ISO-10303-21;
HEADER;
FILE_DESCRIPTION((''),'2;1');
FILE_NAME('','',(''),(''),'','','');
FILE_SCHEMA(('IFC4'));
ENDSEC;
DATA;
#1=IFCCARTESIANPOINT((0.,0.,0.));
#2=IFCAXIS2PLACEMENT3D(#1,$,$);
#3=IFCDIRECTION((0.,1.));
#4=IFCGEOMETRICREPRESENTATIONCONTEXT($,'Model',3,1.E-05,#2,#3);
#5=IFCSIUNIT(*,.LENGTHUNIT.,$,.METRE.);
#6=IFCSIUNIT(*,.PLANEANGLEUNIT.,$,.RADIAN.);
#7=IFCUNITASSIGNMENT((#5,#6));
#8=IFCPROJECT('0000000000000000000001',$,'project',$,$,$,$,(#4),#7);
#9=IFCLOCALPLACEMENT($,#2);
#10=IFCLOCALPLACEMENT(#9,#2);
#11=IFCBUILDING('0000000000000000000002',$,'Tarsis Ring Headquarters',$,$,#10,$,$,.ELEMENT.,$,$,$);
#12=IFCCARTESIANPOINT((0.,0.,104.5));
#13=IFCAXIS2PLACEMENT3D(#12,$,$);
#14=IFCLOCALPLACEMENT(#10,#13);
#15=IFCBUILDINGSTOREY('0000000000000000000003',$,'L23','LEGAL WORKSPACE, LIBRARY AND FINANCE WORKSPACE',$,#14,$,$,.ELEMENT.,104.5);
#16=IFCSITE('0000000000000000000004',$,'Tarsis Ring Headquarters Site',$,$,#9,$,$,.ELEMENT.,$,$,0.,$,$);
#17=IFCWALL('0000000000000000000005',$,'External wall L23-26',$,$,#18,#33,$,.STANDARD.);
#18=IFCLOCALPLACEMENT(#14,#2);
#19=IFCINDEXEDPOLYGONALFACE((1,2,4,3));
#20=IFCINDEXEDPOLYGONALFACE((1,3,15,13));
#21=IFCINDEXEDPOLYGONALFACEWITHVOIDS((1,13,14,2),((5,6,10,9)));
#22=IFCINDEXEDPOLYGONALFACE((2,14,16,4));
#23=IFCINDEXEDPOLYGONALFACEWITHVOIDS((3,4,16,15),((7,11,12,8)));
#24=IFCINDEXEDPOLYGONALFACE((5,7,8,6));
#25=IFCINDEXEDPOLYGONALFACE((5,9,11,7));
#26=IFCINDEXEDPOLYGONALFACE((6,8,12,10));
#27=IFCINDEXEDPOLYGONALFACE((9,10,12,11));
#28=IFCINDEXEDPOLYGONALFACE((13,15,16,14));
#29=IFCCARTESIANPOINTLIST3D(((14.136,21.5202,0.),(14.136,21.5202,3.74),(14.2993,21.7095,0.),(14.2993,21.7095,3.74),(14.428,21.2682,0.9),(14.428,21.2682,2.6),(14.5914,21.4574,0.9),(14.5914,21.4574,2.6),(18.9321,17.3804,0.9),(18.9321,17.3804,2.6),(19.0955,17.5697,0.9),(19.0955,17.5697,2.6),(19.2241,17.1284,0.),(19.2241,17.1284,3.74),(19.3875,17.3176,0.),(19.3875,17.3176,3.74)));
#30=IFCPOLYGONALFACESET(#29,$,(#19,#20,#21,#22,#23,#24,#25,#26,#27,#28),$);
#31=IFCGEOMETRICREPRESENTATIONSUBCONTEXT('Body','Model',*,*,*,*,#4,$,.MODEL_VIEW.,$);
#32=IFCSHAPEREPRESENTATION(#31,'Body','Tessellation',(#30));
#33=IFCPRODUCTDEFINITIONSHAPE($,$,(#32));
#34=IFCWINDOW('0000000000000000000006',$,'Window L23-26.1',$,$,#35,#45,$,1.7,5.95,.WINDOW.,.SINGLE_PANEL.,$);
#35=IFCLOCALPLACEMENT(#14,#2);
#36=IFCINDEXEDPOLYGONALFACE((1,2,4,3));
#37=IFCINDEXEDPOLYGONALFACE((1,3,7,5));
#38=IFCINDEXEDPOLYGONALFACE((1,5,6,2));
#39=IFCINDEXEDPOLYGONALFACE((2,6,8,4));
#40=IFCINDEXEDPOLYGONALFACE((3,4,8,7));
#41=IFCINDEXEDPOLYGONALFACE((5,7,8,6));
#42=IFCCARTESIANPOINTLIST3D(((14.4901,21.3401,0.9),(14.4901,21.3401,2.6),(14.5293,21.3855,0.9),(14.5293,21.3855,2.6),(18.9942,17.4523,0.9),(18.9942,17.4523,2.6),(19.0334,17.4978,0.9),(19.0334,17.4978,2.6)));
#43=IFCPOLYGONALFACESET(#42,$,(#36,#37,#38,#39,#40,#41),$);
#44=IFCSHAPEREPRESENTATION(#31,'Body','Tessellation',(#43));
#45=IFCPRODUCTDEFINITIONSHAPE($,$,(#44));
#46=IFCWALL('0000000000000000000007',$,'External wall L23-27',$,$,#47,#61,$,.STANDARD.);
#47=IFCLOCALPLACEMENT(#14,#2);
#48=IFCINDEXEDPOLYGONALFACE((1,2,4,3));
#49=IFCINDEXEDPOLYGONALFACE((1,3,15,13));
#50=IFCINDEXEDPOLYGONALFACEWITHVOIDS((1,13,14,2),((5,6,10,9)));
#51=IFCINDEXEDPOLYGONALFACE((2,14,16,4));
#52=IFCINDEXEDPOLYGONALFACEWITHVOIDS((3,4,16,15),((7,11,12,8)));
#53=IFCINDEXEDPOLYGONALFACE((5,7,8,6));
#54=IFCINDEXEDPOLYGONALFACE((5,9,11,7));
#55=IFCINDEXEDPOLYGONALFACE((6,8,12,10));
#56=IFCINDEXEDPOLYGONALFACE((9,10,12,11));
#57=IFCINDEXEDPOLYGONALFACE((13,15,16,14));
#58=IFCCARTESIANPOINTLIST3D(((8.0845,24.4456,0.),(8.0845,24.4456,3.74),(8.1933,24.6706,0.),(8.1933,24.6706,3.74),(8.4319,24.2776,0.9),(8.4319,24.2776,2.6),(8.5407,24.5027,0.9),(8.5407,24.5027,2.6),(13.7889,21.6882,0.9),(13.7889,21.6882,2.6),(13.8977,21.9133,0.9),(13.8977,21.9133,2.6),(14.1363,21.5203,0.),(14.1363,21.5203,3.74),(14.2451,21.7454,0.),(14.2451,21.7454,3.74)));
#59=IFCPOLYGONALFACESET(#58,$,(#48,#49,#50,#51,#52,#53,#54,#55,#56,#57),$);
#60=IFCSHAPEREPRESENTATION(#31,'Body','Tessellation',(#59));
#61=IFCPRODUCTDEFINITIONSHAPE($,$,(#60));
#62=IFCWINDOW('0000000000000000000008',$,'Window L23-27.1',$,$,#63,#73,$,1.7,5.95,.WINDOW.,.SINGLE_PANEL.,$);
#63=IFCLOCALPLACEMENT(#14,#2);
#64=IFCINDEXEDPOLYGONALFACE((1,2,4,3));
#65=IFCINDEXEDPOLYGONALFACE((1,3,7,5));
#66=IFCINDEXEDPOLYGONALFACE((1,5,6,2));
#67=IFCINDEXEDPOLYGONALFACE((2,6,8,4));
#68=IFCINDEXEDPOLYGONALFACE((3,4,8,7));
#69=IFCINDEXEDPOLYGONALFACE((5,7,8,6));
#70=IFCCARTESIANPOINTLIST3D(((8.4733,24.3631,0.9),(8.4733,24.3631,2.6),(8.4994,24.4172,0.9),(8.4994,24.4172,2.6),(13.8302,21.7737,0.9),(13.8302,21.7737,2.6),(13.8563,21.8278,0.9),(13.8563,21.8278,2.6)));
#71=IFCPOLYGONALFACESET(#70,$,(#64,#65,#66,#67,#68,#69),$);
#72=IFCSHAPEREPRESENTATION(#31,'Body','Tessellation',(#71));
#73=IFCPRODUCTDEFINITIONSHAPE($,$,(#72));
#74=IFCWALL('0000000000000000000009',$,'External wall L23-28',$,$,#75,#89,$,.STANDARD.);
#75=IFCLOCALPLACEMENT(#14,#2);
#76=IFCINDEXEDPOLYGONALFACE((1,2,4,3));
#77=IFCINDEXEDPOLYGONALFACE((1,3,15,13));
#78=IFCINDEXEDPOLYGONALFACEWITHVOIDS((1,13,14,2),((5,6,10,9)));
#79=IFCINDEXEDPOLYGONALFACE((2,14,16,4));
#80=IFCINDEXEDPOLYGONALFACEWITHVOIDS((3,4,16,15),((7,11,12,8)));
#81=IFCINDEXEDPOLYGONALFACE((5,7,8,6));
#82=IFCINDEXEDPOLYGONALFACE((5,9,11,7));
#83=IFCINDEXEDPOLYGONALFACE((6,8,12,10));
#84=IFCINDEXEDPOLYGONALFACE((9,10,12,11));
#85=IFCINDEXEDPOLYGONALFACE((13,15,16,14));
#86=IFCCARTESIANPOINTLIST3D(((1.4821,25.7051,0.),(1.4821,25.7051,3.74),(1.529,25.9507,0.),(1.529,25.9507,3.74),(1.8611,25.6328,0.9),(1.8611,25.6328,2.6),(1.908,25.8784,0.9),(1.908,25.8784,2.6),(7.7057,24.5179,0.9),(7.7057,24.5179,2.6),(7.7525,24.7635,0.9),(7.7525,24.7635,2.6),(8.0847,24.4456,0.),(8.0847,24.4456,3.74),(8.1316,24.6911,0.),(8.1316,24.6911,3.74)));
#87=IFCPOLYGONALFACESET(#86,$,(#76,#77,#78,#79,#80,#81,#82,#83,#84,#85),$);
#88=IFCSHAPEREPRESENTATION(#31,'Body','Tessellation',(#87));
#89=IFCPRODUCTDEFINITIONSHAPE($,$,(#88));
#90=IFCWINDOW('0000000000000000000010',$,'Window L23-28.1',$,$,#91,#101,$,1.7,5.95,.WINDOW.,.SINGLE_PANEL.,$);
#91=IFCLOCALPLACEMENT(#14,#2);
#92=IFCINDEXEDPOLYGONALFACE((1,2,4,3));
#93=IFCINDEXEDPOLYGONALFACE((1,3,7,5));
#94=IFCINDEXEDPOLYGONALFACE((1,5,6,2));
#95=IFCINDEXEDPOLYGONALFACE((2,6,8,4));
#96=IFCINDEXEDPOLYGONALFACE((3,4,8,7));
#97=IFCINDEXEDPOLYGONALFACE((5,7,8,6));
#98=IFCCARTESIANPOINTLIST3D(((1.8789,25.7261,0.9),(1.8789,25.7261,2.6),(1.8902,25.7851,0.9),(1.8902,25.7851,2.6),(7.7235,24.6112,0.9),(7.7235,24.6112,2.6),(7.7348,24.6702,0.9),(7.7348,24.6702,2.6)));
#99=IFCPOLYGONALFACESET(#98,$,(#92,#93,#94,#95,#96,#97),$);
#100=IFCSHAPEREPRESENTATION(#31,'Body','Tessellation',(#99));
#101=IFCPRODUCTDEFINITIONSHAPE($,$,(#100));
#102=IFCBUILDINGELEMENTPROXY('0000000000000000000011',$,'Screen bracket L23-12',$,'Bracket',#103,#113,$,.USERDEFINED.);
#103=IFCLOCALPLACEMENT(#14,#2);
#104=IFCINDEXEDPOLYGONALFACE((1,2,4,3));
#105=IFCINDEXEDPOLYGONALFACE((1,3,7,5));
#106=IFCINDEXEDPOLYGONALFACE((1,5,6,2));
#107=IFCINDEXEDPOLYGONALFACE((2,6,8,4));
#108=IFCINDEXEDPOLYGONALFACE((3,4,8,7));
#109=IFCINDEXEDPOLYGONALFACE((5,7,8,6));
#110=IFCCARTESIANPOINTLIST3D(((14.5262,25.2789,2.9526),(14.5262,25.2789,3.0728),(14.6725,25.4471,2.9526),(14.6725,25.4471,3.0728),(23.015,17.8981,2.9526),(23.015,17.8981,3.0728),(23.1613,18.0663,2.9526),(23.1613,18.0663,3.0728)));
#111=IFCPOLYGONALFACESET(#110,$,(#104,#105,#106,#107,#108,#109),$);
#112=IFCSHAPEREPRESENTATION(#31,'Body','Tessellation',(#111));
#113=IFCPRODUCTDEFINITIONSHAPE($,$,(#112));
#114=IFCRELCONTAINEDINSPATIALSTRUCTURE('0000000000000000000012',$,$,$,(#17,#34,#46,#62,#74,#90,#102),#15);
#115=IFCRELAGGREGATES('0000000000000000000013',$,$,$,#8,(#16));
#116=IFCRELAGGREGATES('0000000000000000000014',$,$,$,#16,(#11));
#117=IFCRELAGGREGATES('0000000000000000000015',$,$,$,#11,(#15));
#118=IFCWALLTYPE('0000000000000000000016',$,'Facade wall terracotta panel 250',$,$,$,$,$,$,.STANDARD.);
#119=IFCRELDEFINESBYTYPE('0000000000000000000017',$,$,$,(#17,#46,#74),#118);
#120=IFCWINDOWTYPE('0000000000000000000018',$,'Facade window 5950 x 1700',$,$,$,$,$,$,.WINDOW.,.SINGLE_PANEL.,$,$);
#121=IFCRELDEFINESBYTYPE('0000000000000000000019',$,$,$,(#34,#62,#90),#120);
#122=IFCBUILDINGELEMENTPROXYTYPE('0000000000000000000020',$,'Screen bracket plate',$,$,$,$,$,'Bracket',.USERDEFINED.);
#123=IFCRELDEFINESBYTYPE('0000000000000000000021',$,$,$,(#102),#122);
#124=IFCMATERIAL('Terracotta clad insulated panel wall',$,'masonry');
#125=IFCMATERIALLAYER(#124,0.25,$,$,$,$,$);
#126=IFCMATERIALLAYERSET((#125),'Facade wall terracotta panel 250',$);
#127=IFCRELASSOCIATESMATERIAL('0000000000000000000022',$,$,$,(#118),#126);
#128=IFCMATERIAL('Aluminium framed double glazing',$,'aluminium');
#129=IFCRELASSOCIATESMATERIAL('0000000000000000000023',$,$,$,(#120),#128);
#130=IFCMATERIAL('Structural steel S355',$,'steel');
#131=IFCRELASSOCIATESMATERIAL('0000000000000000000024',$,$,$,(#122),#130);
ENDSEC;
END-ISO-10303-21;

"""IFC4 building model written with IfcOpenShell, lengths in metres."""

from ifc_helpers import new_model, si_unit, direction, frame, frame_2d, origin, origin_2d, place, context, subcontext, project, spatial, rectangle, extrude, material, layer, layer_set, type_object, element, fill, save


model = new_model("IFC4")

# Units and contexts
model_context = context("Model", 3, precision=1e-05, world=origin(), true_north=direction((0.0, 1.0)))
body_context = subcontext(model_context, "Body", "Model", "MODEL_VIEW")
ifc_project = project(units=[si_unit("LENGTHUNIT", "METRE"), si_unit("PLANEANGLEUNIT", "RADIAN")], contexts=[model_context])

# Site, building, storey
site_placement = place(None, origin())
site = spatial("IfcSite", under=ifc_project, at=site_placement, Name="Tarsis Ring Headquarters Site", CompositionType="ELEMENT", RefElevation=0.0)
building_placement = place(site_placement, origin())
building = spatial("IfcBuilding", under=site, at=building_placement, Name="Tarsis Ring Headquarters", CompositionType="ELEMENT")
storey_placement = place(building_placement, frame((0.0, 0.0, 104.5)))
storey = spatial("IfcBuildingStorey", under=building, at=storey_placement, Name="L23", Description="LEGAL WORKSPACE, LIBRARY AND FINANCE WORKSPACE", CompositionType="ELEMENT", Elevation=104.5)

# Shared definitions
ifc_material_1 = material(Name="Structural steel S355", Category="steel")

# Walls, openings, windows
ifc_material_2 = material(Name="Terracotta clad insulated panel wall", Category="masonry")
ifc_layer = layer(ifc_material_2, 0.25)
ifc_layer_set = layer_set([ifc_layer], Name="Facade wall terracotta panel 250")
wall_type = type_object("IfcWallType", Name="Facade wall terracotta panel 250", PredefinedType="STANDARD", material=ifc_layer_set)
wall_1_placement = place(storey_placement, frame((19.3059, 17.2229, 0.0), z_axis=(0.0, 0.0, 1.0), x_axis=(-0.757003, 0.653411, 0.0)))
wall_1 = element("IfcWall", 1, at=wall_1_placement, inside=storey, type_object=wall_type, Name="External wall L23-26", PredefinedType="STANDARD", context=body_context, shape_type="SweptSolid", body=[
    extrude(rectangle(XDim=6.7214, YDim=0.25, at=frame_2d((3.3608, 0.0))), origin(), (0.0, 0.0, 1.0), 3.74),
])
opening_1_placement = place(wall_1_placement, frame((0.3857, 0.0, 0.8999)))
opening_1 = element("IfcOpeningElement", 2, at=opening_1_placement, cuts=wall_1, PredefinedType="OPENING", context=body_context, shape_type="SweptSolid", body=[
    extrude(rectangle(XDim=5.95, YDim=1.7, at=frame_2d((2.9751, 0.8501))), frame((0.0, 0.135, 0.0), z_axis=(0.0, -1.0, 0.0), x_axis=(1.0, 0.0, 0.0)), (0.0, 0.0, 1.0), 0.27),
])
ifc_material_3 = material(Name="Aluminium framed double glazing", Category="aluminium")
window_type = type_object("IfcWindowType", Name="Facade window 5950 x 1700", PartitioningType="SINGLE_PANEL", PredefinedType="WINDOW", material=ifc_material_3)
window_1_placement = place(opening_1_placement, origin())
window_1 = element("IfcWindow", 3, at=window_1_placement, inside=storey, type_object=window_type, Name="Window L23-26.1", OverallHeight=1.7, OverallWidth=5.95, PartitioningType="SINGLE_PANEL", PredefinedType="WINDOW", context=body_context, shape_type="SweptSolid", body=[
    extrude(rectangle(XDim=5.95, YDim=1.7, at=frame_2d((2.9751, 0.8501))), frame((0.0, 0.03, 0.0), z_axis=(0.0, -1.0, 0.0), x_axis=(1.0, 0.0, 0.0)), (0.0, 0.0, 1.0), 0.0601),
])
fill(opening_1, window_1)
wall_2_placement = place(storey_placement, frame((14.1907, 21.6328, 0.0), z_axis=(0.0, 0.0, 1.0), x_axis=(-0.900333, 0.435202, 0.0)))
wall_2 = element("IfcWall", 4, at=wall_2_placement, inside=storey, type_object=wall_type, Name="External wall L23-27", PredefinedType="STANDARD", context=body_context, shape_type="SweptSolid", body=[
    extrude(rectangle(XDim=6.7217, YDim=0.25, at=frame_2d((3.3608, 0.0))), origin(), (0.0, 0.0, 1.0), 3.74),
])
opening_2_placement = place(wall_2_placement, frame((0.3857, 0.0, 0.8999)))
opening_2 = element("IfcOpeningElement", 5, at=opening_2_placement, cuts=wall_2, PredefinedType="OPENING", context=body_context, shape_type="SweptSolid", body=[
    extrude(rectangle(XDim=5.95, YDim=1.7, at=frame_2d((2.9751, 0.8501))), frame((0.0, 0.135, 0.0), z_axis=(0.0, -1.0, 0.0), x_axis=(1.0, 0.0, 0.0)), (0.0, 0.0, 1.0), 0.27),
])
window_2_placement = place(opening_2_placement, origin())
window_2 = element("IfcWindow", 6, at=window_2_placement, inside=storey, type_object=window_type, Name="Window L23-27.1", OverallHeight=1.7, OverallWidth=5.95, PartitioningType="SINGLE_PANEL", PredefinedType="WINDOW", context=body_context, shape_type="SweptSolid", body=[
    extrude(rectangle(XDim=5.95, YDim=1.7, at=frame_2d((2.9751, 0.8501))), frame((0.0, 0.03, 0.0), z_axis=(0.0, -1.0, 0.0), x_axis=(1.0, 0.0, 0.0)), (0.0, 0.0, 1.0), 0.0601),
])
fill(opening_2, window_2)
wall_3_placement = place(storey_placement, frame((8.1082, 24.5684, 0.0), z_axis=(0.0, 0.0, 1.0), x_axis=(-0.982287, 0.187384, 0.0)))
wall_3 = element("IfcWall", 7, at=wall_3_placement, inside=storey, type_object=wall_type, Name="External wall L23-28", PredefinedType="STANDARD", context=body_context, shape_type="SweptSolid", body=[
    extrude(rectangle(XDim=6.7217, YDim=0.25, at=frame_2d((3.3608, 0.0))), origin(), (0.0, 0.0, 1.0), 3.74),
])
opening_3_placement = place(wall_3_placement, frame((0.3857, 0.0, 0.8999)))
opening_3 = element("IfcOpeningElement", 8, at=opening_3_placement, cuts=wall_3, PredefinedType="OPENING", context=body_context, shape_type="SweptSolid", body=[
    extrude(rectangle(XDim=5.95, YDim=1.7, at=frame_2d((2.9751, 0.8501))), frame((0.0, 0.135, 0.0), z_axis=(0.0, -1.0, 0.0), x_axis=(1.0, 0.0, 0.0)), (0.0, 0.0, 1.0), 0.27),
])
window_3_placement = place(opening_3_placement, origin())
window_3 = element("IfcWindow", 9, at=window_3_placement, inside=storey, type_object=window_type, Name="Window L23-28.1", OverallHeight=1.7, OverallWidth=5.95, PartitioningType="SINGLE_PANEL", PredefinedType="WINDOW", context=body_context, shape_type="SweptSolid", body=[
    extrude(rectangle(XDim=5.95, YDim=1.7, at=frame_2d((2.9751, 0.8501))), frame((0.0, 0.03, 0.0), z_axis=(0.0, -1.0, 0.0), x_axis=(1.0, 0.0, 0.0)), (0.0, 0.0, 1.0), 0.0601),
])
fill(opening_3, window_3)

# Building element proxy
building_element_proxy_type = type_object("IfcBuildingElementProxyType", Name="Screen bracket plate", ElementType="Bracket", PredefinedType="USERDEFINED", material=ifc_material_1)
proxy_placement = place(storey_placement, frame((18.8438, 21.6726, 2.9526), z_axis=(0.0, 0.0, 1.0), x_axis=(-0.754638, 0.656141, 0.0)))
element("IfcBuildingElementProxy", 10, at=proxy_placement, inside=storey, type_object=building_element_proxy_type, Name="Screen bracket L23-12", ObjectType="Bracket", PredefinedType="USERDEFINED", context=body_context, shape_type="SweptSolid", body=[
    extrude(rectangle(XDim=11.2488, YDim=0.2229, at=origin_2d()), origin(), (0.0, 0.0, 1.0), 0.1201),
])

save(model, "model.ifc")
